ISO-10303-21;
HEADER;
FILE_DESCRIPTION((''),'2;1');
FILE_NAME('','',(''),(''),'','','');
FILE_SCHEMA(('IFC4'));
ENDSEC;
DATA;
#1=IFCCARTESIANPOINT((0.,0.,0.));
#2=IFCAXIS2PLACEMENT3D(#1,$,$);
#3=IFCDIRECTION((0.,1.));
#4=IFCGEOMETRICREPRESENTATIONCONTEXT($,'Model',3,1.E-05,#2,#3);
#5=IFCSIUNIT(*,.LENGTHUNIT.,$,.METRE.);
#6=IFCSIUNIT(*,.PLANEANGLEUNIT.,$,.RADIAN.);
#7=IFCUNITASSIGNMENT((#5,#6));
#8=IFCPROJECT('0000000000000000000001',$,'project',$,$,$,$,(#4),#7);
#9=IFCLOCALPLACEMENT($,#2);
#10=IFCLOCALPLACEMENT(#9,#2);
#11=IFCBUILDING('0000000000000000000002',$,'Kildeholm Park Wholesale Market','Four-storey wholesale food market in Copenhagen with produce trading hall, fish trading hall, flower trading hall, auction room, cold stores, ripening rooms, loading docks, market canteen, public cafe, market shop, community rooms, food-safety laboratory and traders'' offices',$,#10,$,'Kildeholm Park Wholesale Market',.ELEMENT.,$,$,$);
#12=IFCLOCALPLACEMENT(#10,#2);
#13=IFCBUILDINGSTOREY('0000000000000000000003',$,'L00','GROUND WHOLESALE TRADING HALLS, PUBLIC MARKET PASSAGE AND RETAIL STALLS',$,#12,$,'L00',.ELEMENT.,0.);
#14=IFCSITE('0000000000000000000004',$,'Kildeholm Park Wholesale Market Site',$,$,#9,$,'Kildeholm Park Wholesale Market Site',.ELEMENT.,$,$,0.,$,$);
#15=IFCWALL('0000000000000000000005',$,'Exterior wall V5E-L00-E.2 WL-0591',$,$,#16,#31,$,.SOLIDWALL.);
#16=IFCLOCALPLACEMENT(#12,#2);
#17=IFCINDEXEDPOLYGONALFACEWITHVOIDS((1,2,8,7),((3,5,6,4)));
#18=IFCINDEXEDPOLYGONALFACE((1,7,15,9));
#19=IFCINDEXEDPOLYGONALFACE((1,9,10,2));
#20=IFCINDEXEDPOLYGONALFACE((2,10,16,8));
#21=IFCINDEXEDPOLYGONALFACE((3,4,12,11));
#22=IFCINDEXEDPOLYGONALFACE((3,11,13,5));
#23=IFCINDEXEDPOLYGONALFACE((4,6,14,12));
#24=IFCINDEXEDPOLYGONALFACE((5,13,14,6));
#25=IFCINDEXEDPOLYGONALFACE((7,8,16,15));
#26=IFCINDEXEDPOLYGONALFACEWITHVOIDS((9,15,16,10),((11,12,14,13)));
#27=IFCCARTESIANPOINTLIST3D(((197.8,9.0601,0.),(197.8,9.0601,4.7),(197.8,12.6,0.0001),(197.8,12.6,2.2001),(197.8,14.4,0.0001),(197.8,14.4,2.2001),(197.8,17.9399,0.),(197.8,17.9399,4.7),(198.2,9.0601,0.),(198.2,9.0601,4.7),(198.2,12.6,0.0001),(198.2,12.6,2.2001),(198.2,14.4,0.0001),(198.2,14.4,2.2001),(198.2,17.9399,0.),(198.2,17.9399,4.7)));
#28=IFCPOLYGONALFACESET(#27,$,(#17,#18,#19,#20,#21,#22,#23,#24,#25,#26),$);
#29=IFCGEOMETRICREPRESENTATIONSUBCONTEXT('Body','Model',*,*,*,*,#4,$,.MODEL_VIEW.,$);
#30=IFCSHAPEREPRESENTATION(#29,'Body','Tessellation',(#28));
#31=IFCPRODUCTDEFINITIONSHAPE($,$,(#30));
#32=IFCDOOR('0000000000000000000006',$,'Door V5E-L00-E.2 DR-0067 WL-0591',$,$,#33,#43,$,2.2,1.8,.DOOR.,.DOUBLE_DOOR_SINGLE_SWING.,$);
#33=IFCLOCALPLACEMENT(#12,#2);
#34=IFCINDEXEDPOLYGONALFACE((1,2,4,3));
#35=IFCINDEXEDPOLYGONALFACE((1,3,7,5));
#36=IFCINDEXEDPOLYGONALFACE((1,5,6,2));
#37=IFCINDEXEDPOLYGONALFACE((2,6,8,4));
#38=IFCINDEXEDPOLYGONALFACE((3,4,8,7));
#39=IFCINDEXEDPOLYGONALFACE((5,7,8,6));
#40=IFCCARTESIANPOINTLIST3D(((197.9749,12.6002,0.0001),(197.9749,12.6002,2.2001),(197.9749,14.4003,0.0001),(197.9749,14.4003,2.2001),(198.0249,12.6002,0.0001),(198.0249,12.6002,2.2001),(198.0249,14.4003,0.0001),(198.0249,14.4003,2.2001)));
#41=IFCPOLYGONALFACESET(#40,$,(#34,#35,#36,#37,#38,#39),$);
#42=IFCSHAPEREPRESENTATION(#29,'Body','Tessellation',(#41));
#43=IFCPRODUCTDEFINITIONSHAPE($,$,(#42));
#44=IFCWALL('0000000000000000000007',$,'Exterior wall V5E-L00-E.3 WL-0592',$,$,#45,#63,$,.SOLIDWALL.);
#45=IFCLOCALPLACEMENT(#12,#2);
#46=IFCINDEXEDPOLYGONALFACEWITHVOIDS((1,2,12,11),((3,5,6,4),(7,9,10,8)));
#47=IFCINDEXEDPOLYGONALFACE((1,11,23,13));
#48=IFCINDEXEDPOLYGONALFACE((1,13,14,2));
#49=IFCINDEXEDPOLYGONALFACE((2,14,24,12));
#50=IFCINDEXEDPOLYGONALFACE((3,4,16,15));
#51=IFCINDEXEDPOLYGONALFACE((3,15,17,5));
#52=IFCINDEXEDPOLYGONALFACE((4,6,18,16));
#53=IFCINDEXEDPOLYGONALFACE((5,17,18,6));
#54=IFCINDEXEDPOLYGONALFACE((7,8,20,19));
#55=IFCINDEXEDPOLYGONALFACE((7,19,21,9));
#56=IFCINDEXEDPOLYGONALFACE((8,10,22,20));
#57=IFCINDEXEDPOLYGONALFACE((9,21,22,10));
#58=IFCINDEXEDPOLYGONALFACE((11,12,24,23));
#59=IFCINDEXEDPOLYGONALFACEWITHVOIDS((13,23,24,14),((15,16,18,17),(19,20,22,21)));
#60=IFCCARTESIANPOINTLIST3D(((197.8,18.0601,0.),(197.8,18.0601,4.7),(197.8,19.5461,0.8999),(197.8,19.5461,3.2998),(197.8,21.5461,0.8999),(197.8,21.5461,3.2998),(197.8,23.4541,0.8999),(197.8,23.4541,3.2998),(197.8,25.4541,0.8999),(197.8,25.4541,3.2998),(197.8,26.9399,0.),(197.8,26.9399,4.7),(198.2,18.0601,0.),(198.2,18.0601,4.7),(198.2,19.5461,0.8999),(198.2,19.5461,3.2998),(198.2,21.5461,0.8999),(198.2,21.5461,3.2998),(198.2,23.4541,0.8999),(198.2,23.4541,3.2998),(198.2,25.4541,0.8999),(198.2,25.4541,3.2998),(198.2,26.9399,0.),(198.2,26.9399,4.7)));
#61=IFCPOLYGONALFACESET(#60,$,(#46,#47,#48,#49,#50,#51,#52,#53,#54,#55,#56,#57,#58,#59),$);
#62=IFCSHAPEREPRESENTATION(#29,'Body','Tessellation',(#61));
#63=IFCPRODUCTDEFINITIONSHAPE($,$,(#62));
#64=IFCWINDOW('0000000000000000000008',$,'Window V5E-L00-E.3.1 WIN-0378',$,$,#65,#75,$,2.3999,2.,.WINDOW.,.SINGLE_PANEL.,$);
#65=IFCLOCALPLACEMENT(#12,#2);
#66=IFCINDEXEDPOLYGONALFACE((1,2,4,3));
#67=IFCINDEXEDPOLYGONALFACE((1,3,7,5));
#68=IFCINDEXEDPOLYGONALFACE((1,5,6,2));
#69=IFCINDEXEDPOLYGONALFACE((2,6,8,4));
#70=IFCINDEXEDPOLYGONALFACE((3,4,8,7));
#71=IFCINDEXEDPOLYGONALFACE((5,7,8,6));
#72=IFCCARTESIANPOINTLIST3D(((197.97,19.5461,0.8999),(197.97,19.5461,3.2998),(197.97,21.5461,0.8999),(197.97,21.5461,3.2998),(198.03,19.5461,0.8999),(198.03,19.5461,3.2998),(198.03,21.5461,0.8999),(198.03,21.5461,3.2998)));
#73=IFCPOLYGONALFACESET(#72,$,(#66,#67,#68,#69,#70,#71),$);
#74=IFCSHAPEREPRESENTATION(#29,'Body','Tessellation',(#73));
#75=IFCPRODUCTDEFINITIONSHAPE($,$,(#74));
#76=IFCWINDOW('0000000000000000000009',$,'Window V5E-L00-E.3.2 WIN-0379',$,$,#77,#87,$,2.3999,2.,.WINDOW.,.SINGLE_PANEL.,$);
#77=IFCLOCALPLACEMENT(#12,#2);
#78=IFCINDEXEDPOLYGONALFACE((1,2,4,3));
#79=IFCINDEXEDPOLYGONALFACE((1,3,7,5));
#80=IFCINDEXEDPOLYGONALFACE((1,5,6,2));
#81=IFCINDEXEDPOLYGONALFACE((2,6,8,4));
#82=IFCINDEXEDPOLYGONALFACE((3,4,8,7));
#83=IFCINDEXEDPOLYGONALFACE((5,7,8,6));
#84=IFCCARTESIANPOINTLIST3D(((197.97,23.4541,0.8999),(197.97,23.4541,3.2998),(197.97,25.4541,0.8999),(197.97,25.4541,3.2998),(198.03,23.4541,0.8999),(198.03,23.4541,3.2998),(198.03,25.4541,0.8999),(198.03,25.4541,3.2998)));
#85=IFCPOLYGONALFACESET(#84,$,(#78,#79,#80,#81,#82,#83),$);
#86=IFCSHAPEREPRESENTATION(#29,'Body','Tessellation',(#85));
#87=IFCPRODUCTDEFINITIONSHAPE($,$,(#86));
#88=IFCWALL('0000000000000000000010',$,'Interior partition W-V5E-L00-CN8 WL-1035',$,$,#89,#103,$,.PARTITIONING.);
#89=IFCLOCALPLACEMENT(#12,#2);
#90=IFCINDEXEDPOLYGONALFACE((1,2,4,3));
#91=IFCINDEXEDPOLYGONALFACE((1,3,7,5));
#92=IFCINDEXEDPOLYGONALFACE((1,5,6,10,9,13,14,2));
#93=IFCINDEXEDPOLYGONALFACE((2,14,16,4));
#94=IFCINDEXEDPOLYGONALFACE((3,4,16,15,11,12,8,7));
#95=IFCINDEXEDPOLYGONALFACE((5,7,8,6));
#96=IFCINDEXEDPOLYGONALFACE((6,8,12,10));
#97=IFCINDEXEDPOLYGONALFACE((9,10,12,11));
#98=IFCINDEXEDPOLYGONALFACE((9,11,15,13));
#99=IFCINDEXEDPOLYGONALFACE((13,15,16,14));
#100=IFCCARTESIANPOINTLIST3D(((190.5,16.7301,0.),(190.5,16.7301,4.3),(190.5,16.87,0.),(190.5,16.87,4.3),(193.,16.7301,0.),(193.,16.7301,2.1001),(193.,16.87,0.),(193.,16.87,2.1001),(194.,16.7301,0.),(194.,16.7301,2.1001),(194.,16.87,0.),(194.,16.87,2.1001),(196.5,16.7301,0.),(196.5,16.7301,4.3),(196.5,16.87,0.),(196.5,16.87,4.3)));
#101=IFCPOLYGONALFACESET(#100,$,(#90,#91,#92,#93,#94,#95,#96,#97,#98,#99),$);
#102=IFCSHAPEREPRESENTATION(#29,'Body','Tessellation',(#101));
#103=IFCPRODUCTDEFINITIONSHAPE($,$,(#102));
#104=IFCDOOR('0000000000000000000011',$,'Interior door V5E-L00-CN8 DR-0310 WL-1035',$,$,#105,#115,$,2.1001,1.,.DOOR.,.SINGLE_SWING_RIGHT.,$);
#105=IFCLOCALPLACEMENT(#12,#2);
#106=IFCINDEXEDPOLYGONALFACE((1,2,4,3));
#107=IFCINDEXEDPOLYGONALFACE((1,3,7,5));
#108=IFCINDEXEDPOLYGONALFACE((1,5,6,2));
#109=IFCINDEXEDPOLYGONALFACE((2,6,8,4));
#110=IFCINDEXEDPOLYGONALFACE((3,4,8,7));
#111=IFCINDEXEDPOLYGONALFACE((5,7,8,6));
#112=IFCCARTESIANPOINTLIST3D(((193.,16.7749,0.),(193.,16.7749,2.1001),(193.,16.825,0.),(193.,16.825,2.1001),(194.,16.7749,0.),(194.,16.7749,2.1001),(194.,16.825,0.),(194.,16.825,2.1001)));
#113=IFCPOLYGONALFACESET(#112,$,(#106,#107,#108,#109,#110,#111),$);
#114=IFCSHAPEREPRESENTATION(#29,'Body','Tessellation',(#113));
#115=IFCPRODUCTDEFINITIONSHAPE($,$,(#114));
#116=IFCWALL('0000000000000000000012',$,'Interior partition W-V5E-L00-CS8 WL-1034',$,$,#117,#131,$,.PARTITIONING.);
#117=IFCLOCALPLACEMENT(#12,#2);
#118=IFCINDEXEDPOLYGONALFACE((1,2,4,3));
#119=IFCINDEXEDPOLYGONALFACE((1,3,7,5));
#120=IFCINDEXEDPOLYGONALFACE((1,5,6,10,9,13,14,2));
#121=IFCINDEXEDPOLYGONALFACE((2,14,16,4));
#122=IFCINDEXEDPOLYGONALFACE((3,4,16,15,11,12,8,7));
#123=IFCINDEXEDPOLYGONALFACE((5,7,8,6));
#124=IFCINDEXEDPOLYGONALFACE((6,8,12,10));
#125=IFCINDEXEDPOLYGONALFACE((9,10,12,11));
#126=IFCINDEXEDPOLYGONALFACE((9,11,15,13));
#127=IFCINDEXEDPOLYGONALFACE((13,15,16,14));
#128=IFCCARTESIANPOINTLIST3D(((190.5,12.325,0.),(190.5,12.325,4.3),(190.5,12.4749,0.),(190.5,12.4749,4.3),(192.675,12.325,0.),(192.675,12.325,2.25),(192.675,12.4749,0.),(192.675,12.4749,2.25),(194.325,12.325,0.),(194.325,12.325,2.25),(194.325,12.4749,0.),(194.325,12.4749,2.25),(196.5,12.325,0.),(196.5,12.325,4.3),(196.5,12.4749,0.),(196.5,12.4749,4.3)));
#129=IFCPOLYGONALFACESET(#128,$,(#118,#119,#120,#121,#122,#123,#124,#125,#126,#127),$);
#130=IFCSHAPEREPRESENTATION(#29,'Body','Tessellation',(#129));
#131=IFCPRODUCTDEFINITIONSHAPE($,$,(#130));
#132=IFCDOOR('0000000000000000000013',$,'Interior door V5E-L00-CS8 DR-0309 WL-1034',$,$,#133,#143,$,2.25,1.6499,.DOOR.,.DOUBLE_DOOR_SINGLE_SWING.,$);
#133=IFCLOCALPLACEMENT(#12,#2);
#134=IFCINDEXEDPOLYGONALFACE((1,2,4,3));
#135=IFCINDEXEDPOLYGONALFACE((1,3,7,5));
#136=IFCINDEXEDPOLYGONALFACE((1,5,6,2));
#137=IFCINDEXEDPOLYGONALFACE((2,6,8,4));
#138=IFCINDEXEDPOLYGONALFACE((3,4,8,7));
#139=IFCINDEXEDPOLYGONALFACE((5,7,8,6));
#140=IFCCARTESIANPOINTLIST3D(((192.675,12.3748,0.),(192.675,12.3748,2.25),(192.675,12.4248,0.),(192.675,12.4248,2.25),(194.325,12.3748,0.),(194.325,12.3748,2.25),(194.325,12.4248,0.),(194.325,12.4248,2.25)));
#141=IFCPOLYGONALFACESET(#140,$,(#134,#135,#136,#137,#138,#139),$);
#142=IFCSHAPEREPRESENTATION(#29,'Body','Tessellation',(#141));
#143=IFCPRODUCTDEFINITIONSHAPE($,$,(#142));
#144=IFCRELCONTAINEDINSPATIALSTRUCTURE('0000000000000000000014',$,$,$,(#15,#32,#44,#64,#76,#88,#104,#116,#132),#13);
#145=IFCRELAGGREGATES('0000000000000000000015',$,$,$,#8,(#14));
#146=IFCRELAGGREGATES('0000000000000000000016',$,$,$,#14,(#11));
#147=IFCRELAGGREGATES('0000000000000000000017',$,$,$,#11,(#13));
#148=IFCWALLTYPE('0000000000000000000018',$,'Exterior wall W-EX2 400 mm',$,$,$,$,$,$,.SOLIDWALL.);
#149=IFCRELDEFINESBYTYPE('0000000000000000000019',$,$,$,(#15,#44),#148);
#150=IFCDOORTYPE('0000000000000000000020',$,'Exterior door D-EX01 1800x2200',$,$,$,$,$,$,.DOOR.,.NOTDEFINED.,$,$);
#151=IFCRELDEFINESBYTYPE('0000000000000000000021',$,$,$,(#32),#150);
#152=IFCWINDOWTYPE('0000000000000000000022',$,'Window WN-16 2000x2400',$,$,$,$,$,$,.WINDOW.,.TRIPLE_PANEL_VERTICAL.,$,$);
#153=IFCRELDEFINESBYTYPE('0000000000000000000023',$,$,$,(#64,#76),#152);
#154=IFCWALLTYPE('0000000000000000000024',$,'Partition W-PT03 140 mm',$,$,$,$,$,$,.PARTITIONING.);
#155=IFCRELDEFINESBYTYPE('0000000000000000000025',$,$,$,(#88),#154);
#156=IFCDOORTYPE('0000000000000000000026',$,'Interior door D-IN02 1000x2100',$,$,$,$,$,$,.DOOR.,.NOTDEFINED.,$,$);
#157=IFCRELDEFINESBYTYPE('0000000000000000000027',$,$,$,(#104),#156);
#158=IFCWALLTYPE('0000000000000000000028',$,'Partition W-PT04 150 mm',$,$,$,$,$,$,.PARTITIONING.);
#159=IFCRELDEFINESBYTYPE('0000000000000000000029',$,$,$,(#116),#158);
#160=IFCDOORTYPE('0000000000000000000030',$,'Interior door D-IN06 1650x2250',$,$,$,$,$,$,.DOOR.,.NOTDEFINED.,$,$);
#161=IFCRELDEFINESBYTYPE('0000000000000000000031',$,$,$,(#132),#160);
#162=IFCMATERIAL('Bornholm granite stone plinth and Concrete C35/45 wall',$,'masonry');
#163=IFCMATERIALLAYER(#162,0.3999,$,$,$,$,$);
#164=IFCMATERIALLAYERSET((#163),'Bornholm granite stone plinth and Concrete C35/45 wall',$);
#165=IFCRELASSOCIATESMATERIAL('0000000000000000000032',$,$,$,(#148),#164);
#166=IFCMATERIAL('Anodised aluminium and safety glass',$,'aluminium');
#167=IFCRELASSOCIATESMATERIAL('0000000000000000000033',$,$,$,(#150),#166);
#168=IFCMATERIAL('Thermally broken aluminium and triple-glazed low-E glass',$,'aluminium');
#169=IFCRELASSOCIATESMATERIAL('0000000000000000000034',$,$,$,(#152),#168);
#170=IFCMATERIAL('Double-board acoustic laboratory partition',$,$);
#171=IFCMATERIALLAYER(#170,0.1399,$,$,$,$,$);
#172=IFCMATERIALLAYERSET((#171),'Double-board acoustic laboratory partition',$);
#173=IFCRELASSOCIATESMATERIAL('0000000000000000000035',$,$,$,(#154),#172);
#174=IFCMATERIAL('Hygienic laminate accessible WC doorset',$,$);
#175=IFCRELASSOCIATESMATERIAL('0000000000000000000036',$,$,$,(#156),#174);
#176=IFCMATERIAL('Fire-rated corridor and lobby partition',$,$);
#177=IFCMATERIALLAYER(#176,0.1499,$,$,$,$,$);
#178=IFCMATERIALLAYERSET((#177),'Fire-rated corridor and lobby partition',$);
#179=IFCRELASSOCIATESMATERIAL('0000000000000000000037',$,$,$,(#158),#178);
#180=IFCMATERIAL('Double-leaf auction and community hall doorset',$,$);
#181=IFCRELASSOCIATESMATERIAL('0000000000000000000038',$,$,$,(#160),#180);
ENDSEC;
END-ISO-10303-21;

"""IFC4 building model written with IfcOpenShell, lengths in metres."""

from ifc_helpers import new_model, si_unit, direction, frame, frame_2d, origin, place, context, subcontext, project, spatial, rectangle, extrude, material, layer, layer_set, type_object, element, fill, save


model = new_model("IFC4")

# Units and contexts
model_context = context("Model", 3, precision=1e-05, world=origin(), true_north=direction((0.0, 1.0)))
body_context = subcontext(model_context, "Body", "Model", "MODEL_VIEW")
ifc_project = project(units=[si_unit("LENGTHUNIT", "METRE"), si_unit("PLANEANGLEUNIT", "RADIAN")], contexts=[model_context])

# Site, building, storey
site_placement = place(None, origin())
site = spatial("IfcSite", under=ifc_project, at=site_placement, Name="Kildeholm Park Wholesale Market Site", LongName="Kildeholm Park Wholesale Market Site", CompositionType="ELEMENT", RefElevation=0.0)
building_placement = place(site_placement, origin())
building = spatial("IfcBuilding", under=site, at=building_placement, Name="Kildeholm Park Wholesale Market", Description="Four-storey wholesale food market in Copenhagen with produce trading hall, fish trading hall, flower trading hall, auction room, cold stores, ripening rooms, loading docks, market canteen, public cafe, market shop, community rooms, food-safety laboratory and traders' offices", LongName="Kildeholm Park Wholesale Market", CompositionType="ELEMENT")
storey_placement = place(building_placement, origin())
storey = spatial("IfcBuildingStorey", under=building, at=storey_placement, Name="L00", Description="GROUND WHOLESALE TRADING HALLS, PUBLIC MARKET PASSAGE AND RETAIL STALLS", LongName="L00", CompositionType="ELEMENT", Elevation=0.0)

# Wall, opening, door
ifc_material_1 = material(Name="Bornholm granite stone plinth and Concrete C35/45 wall", Category="masonry")
ifc_layer_1 = layer(ifc_material_1, 0.3999)
ifc_layer_set_1 = layer_set([ifc_layer_1], Name="Bornholm granite stone plinth and Concrete C35/45 wall")
wall_type_1 = type_object("IfcWallType", Name="Exterior wall W-EX2 400 mm", PredefinedType="SOLIDWALL", material=ifc_layer_set_1)
wall_1_placement = place(storey_placement, frame((198.0, 9.0601, 0.0), z_axis=(0.0, 0.0, 1.0), x_axis=(0.0, 1.0, 0.0)))
wall_1 = element("IfcWall", 1, at=wall_1_placement, inside=storey, type_object=wall_type_1, Name="Exterior wall V5E-L00-E.2 WL-0591", PredefinedType="SOLIDWALL", context=body_context, shape_type="SweptSolid", body=[
    extrude(rectangle(XDim=8.8799, YDim=0.3999, at=frame_2d((4.4399, 0.0))), origin(), (0.0, 0.0, 1.0), 4.7),
])
opening_1_placement = place(wall_1_placement, frame((3.54, 0.0, 0.0)))
opening_1 = element("IfcOpeningElement", 2, at=opening_1_placement, cuts=wall_1, PredefinedType="OPENING", context=body_context, shape_type="SweptSolid", body=[
    extrude(rectangle(XDim=1.8, YDim=2.2, at=frame_2d((0.8999, 1.1001))), frame((0.0, 0.21, 0.0), z_axis=(0.0, -1.0, 0.0), x_axis=(1.0, 0.0, 0.0)), (0.0, 0.0, 1.0), 0.4199),
])
ifc_material_2 = material(Name="Anodised aluminium and safety glass", Category="aluminium")
door_type_1 = type_object("IfcDoorType", Name="Exterior door D-EX01 1800x2200", OperationType="NOTDEFINED", PredefinedType="DOOR", material=ifc_material_2)
door_1_placement = place(opening_1_placement, frame((1.8, 0.0, 0.0), z_axis=(0.0, 0.0, 1.0), x_axis=(-1.0, 0.0, 0.0)))
door_1 = element("IfcDoor", 3, at=door_1_placement, inside=storey, type_object=door_type_1, Name="Door V5E-L00-E.2 DR-0067 WL-0591", OperationType="DOUBLE_DOOR_SINGLE_SWING", OverallHeight=2.2, OverallWidth=1.8, PredefinedType="DOOR", context=body_context, shape_type="SweptSolid", body=[
    extrude(rectangle(XDim=1.8, YDim=2.2, at=frame_2d((0.8999, 1.1001))), frame((0.0, 0.0249, 0.0), z_axis=(0.0, -1.0, 0.0), x_axis=(1.0, 0.0, 0.0)), (0.0, 0.0, 1.0), 0.05),
])
fill(opening_1, door_1)

# Wall, openings, windows
wall_2_placement = place(storey_placement, frame((198.0, 18.0601, 0.0), z_axis=(0.0, 0.0, 1.0), x_axis=(0.0, 1.0, 0.0)))
wall_2 = element("IfcWall", 4, at=wall_2_placement, inside=storey, type_object=wall_type_1, Name="Exterior wall V5E-L00-E.3 WL-0592", PredefinedType="SOLIDWALL", context=body_context, shape_type="SweptSolid", body=[
    extrude(rectangle(XDim=8.8799, YDim=0.3999, at=frame_2d((4.4399, 0.0))), origin(), (0.0, 0.0, 1.0), 4.7),
])
opening_2_placement = place(wall_2_placement, frame((1.4861, 0.0, 0.8999)))
opening_2 = element("IfcOpeningElement", 5, at=opening_2_placement, cuts=wall_2, PredefinedType="OPENING", context=body_context, shape_type="SweptSolid", body=[
    extrude(rectangle(XDim=2.0, YDim=2.3999, at=frame_2d((1.0, 1.2))), frame((0.0, 0.21, 0.0), z_axis=(0.0, -1.0, 0.0), x_axis=(1.0, 0.0, 0.0)), (0.0, 0.0, 1.0), 0.4199),
])
opening_3_placement = place(wall_2_placement, frame((5.394, 0.0, 0.8999)))
opening_3 = element("IfcOpeningElement", 6, at=opening_3_placement, cuts=wall_2, PredefinedType="OPENING", context=body_context, shape_type="SweptSolid", body=[
    extrude(rectangle(XDim=2.0, YDim=2.3999, at=frame_2d((1.0, 1.2))), frame((0.0, 0.21, 0.0), z_axis=(0.0, -1.0, 0.0), x_axis=(1.0, 0.0, 0.0)), (0.0, 0.0, 1.0), 0.4199),
])
ifc_material_3 = material(Name="Thermally broken aluminium and triple-glazed low-E glass", Category="aluminium")
window_type = type_object("IfcWindowType", Name="Window WN-16 2000x2400", PartitioningType="TRIPLE_PANEL_VERTICAL", PredefinedType="WINDOW", material=ifc_material_3)
window_1_placement = place(opening_2_placement, origin())
window_1 = element("IfcWindow", 7, at=window_1_placement, inside=storey, type_object=window_type, Name="Window V5E-L00-E.3.1 WIN-0378", OverallHeight=2.3999, OverallWidth=2.0, PartitioningType="SINGLE_PANEL", PredefinedType="WINDOW", context=body_context, shape_type="SweptSolid", body=[
    extrude(rectangle(XDim=2.0, YDim=2.3999, at=frame_2d((1.0, 1.2))), frame((0.0, 0.03, 0.0), z_axis=(0.0, -1.0, 0.0), x_axis=(1.0, 0.0, 0.0)), (0.0, 0.0, 1.0), 0.0601),
])
fill(opening_2, window_1)
window_2_placement = place(opening_3_placement, origin())
window_2 = element("IfcWindow", 8, at=window_2_placement, inside=storey, type_object=window_type, Name="Window V5E-L00-E.3.2 WIN-0379", OverallHeight=2.3999, OverallWidth=2.0, PartitioningType="SINGLE_PANEL", PredefinedType="WINDOW", context=body_context, shape_type="SweptSolid", body=[
    extrude(rectangle(XDim=2.0, YDim=2.3999, at=frame_2d((1.0, 1.2))), frame((0.0, 0.03, 0.0), z_axis=(0.0, -1.0, 0.0), x_axis=(1.0, 0.0, 0.0)), (0.0, 0.0, 1.0), 0.0601),
])
fill(opening_3, window_2)

# Walls, openings, doors
ifc_material_4 = material(Name="Double-board acoustic laboratory partition")
ifc_layer_2 = layer(ifc_material_4, 0.1399)
ifc_layer_set_2 = layer_set([ifc_layer_2], Name="Double-board acoustic laboratory partition")
wall_type_2 = type_object("IfcWallType", Name="Partition W-PT03 140 mm", PredefinedType="PARTITIONING", material=ifc_layer_set_2)
wall_3_placement = place(storey_placement, frame((190.5, 16.8, 0.0), z_axis=(0.0, 0.0, 1.0), x_axis=(1.0, 0.0, 0.0)))
wall_3 = element("IfcWall", 9, at=wall_3_placement, inside=storey, type_object=wall_type_2, Name="Interior partition W-V5E-L00-CN8 WL-1035", PredefinedType="PARTITIONING", context=body_context, shape_type="SweptSolid", body=[
    extrude(rectangle(XDim=6.0, YDim=0.1399, at=frame_2d((3.0, 0.0))), origin(), (0.0, 0.0, 1.0), 4.3),
])
opening_4_placement = place(wall_3_placement, frame((2.5, 0.0, 0.0)))
opening_4 = element("IfcOpeningElement", 10, at=opening_4_placement, cuts=wall_3, PredefinedType="OPENING", context=body_context, shape_type="SweptSolid", body=[
    extrude(rectangle(XDim=1.0, YDim=2.1001, at=frame_2d((0.5, 1.05))), frame((0.0, 0.0798, 0.0), z_axis=(0.0, -1.0, 0.0), x_axis=(1.0, 0.0, 0.0)), (0.0, 0.0, 1.0), 0.1599),
])
ifc_material_5 = material(Name="Hygienic laminate accessible WC doorset")
door_type_2 = type_object("IfcDoorType", Name="Interior door D-IN02 1000x2100", OperationType="NOTDEFINED", PredefinedType="DOOR", material=ifc_material_5)
door_2_placement = place(opening_4_placement, origin())
door_2 = element("IfcDoor", 11, at=door_2_placement, inside=storey, type_object=door_type_2, Name="Interior door V5E-L00-CN8 DR-0310 WL-1035", OperationType="SINGLE_SWING_RIGHT", OverallHeight=2.1001, OverallWidth=1.0, PredefinedType="DOOR", context=body_context, shape_type="SweptSolid", body=[
    extrude(rectangle(XDim=1.0, YDim=2.1001, at=frame_2d((0.5, 1.05))), frame((0.0, 0.0249, 0.0), z_axis=(0.0, -1.0, 0.0), x_axis=(1.0, 0.0, 0.0)), (0.0, 0.0, 1.0), 0.05),
])
fill(opening_4, door_2)
ifc_material_6 = material(Name="Fire-rated corridor and lobby partition")
ifc_layer_3 = layer(ifc_material_6, 0.1499)
ifc_layer_set_3 = layer_set([ifc_layer_3], Name="Fire-rated corridor and lobby partition")
wall_type_3 = type_object("IfcWallType", Name="Partition W-PT04 150 mm", PredefinedType="PARTITIONING", material=ifc_layer_set_3)
wall_4_placement = place(storey_placement, frame((190.5, 12.3999, 0.0), z_axis=(0.0, 0.0, 1.0), x_axis=(1.0, 0.0, 0.0)))
wall_4 = element("IfcWall", 12, at=wall_4_placement, inside=storey, type_object=wall_type_3, Name="Interior partition W-V5E-L00-CS8 WL-1034", PredefinedType="PARTITIONING", context=body_context, shape_type="SweptSolid", body=[
    extrude(rectangle(XDim=6.0, YDim=0.1499, at=frame_2d((3.0, 0.0))), origin(), (0.0, 0.0, 1.0), 4.3),
])
opening_5_placement = place(wall_4_placement, frame((2.175, 0.0, 0.0)))
opening_5 = element("IfcOpeningElement", 13, at=opening_5_placement, cuts=wall_4, PredefinedType="OPENING", context=body_context, shape_type="SweptSolid", body=[
    extrude(rectangle(XDim=1.6499, YDim=2.25, at=frame_2d((0.825, 1.125))), frame((0.0, 0.085, 0.0), z_axis=(0.0, -1.0, 0.0), x_axis=(1.0, 0.0, 0.0)), (0.0, 0.0, 1.0), 0.1699),
])
ifc_material_7 = material(Name="Double-leaf auction and community hall doorset")
door_type_3 = type_object("IfcDoorType", Name="Interior door D-IN06 1650x2250", OperationType="NOTDEFINED", PredefinedType="DOOR", material=ifc_material_7)
door_3_placement = place(opening_5_placement, origin())
door_3 = element("IfcDoor", 14, at=door_3_placement, inside=storey, type_object=door_type_3, Name="Interior door V5E-L00-CS8 DR-0309 WL-1034", OperationType="DOUBLE_DOOR_SINGLE_SWING", OverallHeight=2.25, OverallWidth=1.6499, PredefinedType="DOOR", context=body_context, shape_type="SweptSolid", body=[
    extrude(rectangle(XDim=1.6499, YDim=2.25, at=frame_2d((0.825, 1.125))), frame((0.0, 0.0249, 0.0), z_axis=(0.0, -1.0, 0.0), x_axis=(1.0, 0.0, 0.0)), (0.0, 0.0, 1.0), 0.05),
])
fill(opening_5, door_3)

save(model, "model.ifc")
